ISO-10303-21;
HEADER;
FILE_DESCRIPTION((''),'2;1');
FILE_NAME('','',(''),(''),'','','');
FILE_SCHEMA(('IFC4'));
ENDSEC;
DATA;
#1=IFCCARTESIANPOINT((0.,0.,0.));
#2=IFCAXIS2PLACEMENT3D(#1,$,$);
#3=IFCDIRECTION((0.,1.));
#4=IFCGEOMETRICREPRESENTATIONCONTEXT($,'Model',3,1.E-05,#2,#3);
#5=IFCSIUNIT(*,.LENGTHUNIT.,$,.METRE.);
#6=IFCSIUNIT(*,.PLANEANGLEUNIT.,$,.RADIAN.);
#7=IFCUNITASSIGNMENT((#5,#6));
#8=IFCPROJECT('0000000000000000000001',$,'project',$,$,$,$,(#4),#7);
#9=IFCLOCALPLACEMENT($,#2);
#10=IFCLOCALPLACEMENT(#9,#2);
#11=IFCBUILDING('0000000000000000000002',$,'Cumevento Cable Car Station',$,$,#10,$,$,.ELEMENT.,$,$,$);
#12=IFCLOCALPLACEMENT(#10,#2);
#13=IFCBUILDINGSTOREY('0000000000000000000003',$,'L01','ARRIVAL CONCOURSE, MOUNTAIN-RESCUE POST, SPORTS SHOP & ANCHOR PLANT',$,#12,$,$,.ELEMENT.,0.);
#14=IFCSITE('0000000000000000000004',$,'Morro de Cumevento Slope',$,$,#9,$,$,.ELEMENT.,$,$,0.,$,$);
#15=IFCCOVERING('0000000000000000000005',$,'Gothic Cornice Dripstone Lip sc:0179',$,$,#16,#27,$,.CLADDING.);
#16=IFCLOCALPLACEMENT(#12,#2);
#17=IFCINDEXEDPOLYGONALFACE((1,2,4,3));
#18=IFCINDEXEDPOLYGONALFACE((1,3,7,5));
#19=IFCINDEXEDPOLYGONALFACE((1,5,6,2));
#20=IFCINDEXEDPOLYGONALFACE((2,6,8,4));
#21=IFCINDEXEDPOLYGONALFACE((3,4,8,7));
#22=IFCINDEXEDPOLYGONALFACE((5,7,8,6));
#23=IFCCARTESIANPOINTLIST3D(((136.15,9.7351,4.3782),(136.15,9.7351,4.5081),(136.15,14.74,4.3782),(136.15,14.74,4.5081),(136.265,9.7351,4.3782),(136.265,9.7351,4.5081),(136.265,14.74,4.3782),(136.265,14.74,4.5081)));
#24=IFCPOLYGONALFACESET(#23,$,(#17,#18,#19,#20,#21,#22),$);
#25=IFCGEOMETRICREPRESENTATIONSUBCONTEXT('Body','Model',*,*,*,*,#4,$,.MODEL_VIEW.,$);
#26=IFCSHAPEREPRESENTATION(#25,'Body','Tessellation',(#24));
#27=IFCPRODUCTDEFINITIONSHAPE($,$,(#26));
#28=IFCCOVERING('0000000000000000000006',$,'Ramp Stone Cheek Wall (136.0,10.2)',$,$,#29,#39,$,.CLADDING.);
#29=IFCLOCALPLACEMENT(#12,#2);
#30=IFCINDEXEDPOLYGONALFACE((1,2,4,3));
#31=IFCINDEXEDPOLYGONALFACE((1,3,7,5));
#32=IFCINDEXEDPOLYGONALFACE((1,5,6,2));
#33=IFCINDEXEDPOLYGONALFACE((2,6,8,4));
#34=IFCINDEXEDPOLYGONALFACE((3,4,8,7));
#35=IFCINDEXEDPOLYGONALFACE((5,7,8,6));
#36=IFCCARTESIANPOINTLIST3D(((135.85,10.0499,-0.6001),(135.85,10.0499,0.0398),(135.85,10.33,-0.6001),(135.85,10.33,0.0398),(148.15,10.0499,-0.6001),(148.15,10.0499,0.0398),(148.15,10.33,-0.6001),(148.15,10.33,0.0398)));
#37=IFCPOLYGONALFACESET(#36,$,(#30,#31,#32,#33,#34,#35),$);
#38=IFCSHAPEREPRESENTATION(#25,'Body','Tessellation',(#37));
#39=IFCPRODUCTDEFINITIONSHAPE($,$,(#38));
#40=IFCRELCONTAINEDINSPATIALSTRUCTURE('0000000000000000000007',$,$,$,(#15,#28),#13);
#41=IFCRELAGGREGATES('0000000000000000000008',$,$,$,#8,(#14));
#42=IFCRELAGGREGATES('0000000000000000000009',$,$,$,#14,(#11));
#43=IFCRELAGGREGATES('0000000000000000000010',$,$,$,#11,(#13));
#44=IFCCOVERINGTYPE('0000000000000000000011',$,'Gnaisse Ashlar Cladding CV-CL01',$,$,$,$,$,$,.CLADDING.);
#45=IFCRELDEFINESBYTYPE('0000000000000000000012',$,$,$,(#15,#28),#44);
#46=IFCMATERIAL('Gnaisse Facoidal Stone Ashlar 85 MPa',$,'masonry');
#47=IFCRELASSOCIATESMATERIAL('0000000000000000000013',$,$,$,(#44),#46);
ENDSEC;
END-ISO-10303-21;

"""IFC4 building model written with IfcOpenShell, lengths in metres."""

from ifc_helpers import new_model, si_unit, direction, frame, origin, origin_2d, place, context, subcontext, project, spatial, rectangle, extrude, material, type_object, element, save


model = new_model("IFC4")

# Units and contexts
model_context = context("Model", 3, precision=1e-05, world=origin(), true_north=direction((0.0, 1.0)))
body_context = subcontext(model_context, "Body", "Model", "MODEL_VIEW")
ifc_project = project(units=[si_unit("LENGTHUNIT", "METRE"), si_unit("PLANEANGLEUNIT", "RADIAN")], contexts=[model_context])

# Site, building, storey
site_placement = place(None, origin())
site = spatial("IfcSite", under=ifc_project, at=site_placement, Name="Morro de Cumevento Slope", CompositionType="ELEMENT", RefElevation=0.0)
building_placement = place(site_placement, origin())
building = spatial("IfcBuilding", under=site, at=building_placement, Name="Cumevento Cable Car Station", CompositionType="ELEMENT")
storey_placement = place(building_placement, origin())
storey = spatial("IfcBuildingStorey", under=building, at=storey_placement, Name="L01", Description="ARRIVAL CONCOURSE, MOUNTAIN-RESCUE POST, SPORTS SHOP & ANCHOR PLANT", CompositionType="ELEMENT", Elevation=0.0)

# Coverings
ifc_material_1 = material(Name="Gnaisse Facoidal Stone Ashlar 85 MPa", Category="masonry")
covering_type = type_object("IfcCoveringType", Name="Gnaisse Ashlar Cladding CV-CL01", PredefinedType="CLADDING", material=ifc_material_1)
covering_1_placement = place(storey_placement, frame((136.2075, 12.2375, 4.3782), z_axis=(0.0, 0.0, 1.0), x_axis=(0.0, -1.0, 0.0)))
element("IfcCovering", 1, at=covering_1_placement, inside=storey, type_object=covering_type, Name="Gothic Cornice Dripstone Lip sc:0179", PredefinedType="CLADDING", context=body_context, shape_type="SweptSolid", body=[
    extrude(rectangle(XDim=5.0049, YDim=0.115, at=origin_2d()), origin(), (0.0, 0.0, 1.0), 0.1299),
])
covering_2_placement = place(storey_placement, frame((142.0, 10.1899, -0.6001), z_axis=(0.0, 0.0, 1.0), x_axis=(1.0, 0.0, 0.0)))
element("IfcCovering", 2, at=covering_2_placement, inside=storey, type_object=covering_type, Name="Ramp Stone Cheek Wall (136.0,10.2)", PredefinedType="CLADDING", context=body_context, shape_type="SweptSolid", body=[
    extrude(rectangle(XDim=12.3, YDim=0.28, at=origin_2d()), origin(), (0.0, 0.0, 1.0), 0.6399),
])

save(model, "model.ifc")
